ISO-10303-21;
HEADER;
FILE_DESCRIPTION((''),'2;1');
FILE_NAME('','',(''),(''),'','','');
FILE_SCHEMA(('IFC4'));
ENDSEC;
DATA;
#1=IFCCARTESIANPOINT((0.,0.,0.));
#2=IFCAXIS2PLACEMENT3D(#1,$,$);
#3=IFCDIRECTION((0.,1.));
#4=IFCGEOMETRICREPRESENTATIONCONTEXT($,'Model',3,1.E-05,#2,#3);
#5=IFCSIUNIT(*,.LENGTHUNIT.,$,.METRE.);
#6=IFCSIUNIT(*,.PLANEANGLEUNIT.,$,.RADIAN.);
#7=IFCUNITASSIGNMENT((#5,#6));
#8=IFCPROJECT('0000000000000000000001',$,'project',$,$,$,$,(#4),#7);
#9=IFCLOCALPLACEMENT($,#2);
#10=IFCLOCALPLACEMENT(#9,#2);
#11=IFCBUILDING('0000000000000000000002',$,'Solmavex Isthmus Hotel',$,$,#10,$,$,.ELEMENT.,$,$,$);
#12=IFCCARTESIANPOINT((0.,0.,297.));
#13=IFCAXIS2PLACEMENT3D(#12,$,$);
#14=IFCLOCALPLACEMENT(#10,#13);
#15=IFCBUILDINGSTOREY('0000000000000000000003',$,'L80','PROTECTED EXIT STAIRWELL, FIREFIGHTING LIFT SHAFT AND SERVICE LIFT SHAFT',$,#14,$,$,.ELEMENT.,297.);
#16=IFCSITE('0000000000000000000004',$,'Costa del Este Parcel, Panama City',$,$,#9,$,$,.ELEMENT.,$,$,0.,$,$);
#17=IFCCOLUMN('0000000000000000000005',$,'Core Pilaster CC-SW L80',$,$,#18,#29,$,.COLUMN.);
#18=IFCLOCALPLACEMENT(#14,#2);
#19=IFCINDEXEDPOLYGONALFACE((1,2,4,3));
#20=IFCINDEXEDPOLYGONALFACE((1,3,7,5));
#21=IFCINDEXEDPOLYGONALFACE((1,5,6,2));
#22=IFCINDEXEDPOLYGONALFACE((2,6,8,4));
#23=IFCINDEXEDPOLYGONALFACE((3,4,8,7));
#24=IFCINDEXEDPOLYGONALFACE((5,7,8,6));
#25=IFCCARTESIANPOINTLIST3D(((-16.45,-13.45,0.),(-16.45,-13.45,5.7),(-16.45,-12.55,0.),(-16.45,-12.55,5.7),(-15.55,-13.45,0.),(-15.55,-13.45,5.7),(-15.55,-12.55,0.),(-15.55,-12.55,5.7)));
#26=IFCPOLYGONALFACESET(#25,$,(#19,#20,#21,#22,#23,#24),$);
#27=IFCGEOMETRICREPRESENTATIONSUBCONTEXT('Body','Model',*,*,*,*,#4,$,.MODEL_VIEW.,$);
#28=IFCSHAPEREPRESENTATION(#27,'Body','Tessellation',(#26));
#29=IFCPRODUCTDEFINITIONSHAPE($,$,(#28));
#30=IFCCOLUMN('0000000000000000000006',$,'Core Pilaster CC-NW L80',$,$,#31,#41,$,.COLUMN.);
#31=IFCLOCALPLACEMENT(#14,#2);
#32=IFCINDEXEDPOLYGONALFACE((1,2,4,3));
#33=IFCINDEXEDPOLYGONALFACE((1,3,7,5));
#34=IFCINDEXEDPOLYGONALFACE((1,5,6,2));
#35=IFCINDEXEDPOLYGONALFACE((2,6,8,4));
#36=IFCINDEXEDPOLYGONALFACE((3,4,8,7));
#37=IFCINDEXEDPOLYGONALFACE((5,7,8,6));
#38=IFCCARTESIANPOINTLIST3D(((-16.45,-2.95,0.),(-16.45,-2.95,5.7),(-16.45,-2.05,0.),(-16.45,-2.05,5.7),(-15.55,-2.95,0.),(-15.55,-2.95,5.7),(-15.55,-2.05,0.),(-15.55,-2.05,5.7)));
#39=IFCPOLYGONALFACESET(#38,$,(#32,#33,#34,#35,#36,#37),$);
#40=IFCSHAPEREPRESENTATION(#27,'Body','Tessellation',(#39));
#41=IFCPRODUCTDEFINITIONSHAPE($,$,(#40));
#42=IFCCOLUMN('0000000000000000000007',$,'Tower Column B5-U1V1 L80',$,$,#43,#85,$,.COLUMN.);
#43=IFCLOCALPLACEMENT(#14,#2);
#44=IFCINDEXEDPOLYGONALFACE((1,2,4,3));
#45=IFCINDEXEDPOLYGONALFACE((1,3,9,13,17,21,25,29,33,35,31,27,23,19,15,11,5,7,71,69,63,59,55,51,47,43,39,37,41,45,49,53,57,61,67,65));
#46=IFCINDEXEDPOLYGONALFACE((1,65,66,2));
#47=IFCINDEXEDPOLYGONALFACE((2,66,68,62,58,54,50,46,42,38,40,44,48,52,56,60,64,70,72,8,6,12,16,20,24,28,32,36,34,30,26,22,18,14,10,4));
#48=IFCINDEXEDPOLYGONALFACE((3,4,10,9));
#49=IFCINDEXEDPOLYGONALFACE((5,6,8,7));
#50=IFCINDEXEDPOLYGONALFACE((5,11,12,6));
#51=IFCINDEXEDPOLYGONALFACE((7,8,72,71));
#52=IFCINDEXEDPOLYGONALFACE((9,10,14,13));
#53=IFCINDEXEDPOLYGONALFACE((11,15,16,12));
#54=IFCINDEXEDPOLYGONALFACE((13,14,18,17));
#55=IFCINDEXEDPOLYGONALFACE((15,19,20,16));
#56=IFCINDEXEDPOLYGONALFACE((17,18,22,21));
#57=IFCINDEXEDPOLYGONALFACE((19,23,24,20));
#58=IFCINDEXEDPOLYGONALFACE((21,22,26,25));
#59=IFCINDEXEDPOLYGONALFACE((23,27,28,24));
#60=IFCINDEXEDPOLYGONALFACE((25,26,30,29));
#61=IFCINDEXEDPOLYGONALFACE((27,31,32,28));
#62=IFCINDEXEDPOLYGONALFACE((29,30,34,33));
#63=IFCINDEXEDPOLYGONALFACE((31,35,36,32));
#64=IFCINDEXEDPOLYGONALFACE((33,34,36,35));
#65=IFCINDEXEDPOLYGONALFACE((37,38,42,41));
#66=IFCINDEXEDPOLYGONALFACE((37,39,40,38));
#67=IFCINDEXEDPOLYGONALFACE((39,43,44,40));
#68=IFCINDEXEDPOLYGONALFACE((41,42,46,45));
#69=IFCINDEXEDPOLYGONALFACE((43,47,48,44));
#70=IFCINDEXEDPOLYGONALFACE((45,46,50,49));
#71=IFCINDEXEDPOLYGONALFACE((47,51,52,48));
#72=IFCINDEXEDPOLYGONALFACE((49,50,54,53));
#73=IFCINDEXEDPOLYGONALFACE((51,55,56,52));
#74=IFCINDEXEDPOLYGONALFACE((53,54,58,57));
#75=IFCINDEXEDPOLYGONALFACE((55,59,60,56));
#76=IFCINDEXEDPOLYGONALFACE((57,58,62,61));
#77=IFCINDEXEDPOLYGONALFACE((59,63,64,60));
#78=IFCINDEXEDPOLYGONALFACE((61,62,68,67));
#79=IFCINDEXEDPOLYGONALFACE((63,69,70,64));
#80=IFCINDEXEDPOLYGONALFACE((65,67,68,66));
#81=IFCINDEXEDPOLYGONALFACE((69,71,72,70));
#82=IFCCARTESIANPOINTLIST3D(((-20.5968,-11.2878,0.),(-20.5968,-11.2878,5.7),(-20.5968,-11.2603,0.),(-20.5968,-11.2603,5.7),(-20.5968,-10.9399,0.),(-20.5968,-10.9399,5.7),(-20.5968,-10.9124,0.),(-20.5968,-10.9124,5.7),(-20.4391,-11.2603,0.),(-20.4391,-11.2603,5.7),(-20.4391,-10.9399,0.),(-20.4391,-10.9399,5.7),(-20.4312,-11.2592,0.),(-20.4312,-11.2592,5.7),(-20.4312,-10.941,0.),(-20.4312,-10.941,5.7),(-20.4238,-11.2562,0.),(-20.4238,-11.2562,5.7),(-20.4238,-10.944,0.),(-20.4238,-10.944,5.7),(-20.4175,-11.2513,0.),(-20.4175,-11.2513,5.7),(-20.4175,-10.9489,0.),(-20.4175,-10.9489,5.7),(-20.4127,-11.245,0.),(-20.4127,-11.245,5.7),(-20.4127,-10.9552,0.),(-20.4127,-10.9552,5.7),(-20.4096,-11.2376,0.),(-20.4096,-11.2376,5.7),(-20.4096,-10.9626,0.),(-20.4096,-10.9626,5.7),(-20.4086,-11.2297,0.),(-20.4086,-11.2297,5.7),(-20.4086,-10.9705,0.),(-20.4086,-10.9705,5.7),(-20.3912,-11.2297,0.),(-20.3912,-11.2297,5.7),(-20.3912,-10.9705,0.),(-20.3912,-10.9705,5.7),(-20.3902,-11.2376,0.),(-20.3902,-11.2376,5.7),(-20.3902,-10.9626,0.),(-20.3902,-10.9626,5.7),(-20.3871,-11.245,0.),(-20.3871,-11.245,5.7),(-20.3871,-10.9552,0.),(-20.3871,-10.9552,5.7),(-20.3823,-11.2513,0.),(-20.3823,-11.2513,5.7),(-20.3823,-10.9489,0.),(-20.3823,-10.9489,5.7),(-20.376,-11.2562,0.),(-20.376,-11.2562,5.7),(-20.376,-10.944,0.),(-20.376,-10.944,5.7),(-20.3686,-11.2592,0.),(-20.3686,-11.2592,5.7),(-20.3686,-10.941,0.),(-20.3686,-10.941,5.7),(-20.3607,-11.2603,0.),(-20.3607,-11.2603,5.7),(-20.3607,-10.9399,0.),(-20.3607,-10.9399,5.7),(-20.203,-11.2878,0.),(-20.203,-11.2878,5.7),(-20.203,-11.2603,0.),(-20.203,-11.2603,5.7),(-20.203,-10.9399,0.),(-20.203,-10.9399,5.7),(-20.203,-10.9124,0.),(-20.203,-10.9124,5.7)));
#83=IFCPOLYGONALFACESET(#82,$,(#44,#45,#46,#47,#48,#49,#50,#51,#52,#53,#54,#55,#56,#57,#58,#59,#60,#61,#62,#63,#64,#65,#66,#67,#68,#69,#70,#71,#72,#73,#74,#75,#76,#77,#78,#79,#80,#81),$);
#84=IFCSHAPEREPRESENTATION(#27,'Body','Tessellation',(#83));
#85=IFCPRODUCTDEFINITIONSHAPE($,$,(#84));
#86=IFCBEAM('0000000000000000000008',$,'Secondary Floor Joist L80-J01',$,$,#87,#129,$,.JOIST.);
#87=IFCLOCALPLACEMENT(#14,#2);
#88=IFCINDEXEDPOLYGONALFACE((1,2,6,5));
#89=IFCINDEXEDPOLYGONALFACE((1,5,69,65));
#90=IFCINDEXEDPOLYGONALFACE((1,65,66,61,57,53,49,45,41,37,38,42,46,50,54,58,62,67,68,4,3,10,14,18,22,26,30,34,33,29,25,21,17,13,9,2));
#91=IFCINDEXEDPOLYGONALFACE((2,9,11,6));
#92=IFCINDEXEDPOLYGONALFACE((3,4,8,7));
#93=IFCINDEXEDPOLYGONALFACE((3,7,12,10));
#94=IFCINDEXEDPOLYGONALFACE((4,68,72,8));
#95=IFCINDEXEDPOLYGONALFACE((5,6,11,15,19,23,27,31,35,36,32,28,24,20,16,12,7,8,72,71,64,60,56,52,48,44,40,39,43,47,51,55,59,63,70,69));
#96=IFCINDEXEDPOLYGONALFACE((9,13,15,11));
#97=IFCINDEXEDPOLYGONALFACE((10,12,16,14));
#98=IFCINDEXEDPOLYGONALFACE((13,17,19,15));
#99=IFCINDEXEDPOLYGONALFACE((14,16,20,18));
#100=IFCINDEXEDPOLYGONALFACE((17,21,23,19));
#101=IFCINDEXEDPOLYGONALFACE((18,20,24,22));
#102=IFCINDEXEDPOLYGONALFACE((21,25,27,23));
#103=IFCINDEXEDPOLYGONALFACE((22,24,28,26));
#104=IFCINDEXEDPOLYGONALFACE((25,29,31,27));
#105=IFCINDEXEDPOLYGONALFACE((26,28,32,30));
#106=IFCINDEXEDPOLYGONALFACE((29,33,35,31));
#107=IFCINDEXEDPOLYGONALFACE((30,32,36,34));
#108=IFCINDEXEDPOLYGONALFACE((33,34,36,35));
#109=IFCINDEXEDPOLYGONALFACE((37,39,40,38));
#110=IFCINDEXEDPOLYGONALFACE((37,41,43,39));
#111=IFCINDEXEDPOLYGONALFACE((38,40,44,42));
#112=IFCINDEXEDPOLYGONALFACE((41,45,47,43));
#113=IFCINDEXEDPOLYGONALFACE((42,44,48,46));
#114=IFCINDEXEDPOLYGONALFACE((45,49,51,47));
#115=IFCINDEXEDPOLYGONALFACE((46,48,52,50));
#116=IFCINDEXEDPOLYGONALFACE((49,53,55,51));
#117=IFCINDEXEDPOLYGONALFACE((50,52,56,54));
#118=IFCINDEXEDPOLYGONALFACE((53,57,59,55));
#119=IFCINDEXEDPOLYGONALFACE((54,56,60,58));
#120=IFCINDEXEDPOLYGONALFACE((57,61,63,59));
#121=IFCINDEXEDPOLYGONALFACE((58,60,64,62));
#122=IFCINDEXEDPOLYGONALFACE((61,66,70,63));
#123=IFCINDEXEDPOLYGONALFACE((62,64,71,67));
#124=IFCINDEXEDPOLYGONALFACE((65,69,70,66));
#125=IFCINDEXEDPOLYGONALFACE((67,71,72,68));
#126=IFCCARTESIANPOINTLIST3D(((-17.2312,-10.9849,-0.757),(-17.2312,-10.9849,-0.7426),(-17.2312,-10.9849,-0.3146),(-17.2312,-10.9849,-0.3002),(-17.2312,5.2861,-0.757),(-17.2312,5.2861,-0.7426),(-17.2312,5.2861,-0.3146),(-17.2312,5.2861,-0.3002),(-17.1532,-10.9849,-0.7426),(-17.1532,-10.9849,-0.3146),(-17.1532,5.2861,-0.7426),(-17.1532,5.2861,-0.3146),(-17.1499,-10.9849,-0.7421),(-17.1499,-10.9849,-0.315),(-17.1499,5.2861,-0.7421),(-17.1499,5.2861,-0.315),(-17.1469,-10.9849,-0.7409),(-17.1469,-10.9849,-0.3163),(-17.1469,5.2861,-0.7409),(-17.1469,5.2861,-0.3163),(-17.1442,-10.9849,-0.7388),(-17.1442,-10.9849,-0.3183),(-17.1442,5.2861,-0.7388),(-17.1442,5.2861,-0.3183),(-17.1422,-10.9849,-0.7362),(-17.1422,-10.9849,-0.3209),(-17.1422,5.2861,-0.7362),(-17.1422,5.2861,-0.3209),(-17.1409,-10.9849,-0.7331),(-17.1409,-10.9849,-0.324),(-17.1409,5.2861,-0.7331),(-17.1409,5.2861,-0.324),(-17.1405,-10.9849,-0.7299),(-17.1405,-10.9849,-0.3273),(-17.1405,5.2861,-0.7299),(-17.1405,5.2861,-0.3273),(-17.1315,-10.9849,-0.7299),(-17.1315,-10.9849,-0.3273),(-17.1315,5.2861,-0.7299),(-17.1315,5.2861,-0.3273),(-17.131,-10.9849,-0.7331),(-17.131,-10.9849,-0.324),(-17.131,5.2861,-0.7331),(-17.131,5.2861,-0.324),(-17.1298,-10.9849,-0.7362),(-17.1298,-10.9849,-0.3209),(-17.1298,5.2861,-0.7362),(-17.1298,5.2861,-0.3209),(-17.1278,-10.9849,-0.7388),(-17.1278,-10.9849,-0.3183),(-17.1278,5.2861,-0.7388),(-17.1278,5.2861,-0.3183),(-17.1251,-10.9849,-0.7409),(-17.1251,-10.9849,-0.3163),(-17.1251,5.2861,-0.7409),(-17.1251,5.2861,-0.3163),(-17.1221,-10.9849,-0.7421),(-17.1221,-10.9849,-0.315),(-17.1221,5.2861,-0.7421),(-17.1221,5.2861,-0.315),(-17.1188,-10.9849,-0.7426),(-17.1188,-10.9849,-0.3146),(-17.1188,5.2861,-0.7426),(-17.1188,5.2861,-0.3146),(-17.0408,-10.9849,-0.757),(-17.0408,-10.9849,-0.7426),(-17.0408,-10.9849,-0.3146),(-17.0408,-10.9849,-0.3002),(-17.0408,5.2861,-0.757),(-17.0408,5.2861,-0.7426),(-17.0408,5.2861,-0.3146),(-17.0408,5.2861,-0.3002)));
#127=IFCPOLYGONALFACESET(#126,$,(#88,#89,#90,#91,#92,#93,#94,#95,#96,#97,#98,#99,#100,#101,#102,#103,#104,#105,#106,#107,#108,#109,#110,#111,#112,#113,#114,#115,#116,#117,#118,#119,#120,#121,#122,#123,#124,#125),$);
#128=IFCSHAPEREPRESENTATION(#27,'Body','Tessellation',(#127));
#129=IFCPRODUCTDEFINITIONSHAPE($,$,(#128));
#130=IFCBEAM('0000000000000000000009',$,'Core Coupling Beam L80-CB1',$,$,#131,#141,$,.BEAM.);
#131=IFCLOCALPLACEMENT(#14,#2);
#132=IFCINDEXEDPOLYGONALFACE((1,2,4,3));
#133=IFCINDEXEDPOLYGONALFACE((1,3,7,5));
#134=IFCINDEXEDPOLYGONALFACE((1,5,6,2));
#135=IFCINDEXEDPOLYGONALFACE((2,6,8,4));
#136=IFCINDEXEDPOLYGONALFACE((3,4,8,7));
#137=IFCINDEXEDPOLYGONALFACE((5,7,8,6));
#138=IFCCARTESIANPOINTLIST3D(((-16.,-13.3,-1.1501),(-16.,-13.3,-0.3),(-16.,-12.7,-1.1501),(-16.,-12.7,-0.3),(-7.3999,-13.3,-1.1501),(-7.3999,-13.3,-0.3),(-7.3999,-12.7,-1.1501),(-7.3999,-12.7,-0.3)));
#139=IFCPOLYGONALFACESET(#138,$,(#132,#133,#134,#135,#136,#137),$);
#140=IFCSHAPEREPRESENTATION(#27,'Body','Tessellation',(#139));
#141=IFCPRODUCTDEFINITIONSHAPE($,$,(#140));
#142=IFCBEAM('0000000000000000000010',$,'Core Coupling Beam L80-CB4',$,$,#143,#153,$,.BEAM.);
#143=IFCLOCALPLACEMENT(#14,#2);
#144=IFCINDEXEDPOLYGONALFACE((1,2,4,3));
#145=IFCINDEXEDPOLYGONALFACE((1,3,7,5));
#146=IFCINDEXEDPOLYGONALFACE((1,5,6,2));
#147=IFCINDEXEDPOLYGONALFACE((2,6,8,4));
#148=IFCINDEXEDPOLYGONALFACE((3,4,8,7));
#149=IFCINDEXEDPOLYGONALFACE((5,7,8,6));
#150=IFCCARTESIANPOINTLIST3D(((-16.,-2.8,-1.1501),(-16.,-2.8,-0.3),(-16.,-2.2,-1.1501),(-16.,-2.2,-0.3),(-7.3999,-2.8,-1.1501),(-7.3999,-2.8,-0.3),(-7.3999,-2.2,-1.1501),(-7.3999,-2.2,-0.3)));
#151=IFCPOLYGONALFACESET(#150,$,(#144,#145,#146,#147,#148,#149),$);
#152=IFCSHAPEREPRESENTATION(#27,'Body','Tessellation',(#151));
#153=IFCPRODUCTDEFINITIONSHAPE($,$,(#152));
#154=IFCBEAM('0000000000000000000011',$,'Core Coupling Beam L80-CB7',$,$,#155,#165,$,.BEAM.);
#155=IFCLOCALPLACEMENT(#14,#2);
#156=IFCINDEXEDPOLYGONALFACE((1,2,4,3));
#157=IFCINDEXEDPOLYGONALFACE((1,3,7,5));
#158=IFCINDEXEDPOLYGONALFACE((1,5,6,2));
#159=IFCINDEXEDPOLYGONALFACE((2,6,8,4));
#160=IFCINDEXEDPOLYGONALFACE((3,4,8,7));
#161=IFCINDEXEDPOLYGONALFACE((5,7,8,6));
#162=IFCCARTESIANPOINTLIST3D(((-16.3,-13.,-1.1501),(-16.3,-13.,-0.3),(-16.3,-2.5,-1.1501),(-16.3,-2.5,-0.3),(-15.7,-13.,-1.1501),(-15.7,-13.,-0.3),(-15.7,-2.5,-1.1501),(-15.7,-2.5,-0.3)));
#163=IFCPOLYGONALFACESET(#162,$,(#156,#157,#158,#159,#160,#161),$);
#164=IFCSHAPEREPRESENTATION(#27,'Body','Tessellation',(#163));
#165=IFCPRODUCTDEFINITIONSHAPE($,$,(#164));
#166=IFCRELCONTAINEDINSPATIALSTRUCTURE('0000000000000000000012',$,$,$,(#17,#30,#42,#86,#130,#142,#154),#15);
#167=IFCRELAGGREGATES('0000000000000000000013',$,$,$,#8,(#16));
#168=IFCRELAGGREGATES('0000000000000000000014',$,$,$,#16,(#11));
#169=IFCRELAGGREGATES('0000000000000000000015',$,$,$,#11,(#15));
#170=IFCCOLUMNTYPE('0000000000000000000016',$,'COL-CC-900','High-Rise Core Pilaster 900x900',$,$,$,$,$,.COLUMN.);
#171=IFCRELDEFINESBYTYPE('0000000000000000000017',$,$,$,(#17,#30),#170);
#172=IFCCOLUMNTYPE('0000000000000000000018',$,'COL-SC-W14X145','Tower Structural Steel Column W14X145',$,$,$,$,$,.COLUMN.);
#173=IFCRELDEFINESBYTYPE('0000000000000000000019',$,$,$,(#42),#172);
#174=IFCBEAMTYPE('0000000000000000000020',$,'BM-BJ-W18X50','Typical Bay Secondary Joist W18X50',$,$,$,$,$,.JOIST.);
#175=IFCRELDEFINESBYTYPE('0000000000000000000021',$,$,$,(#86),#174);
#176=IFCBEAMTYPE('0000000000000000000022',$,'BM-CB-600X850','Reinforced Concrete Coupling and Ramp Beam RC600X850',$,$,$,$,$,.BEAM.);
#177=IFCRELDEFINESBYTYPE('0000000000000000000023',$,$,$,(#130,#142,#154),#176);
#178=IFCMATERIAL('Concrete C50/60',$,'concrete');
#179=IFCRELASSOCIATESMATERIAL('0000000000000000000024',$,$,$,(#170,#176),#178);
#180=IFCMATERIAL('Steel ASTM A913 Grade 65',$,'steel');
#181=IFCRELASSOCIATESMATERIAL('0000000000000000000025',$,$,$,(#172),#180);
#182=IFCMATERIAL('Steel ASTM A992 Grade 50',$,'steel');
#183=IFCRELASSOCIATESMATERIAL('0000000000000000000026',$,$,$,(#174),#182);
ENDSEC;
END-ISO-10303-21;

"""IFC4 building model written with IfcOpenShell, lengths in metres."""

from ifc_helpers import new_model, si_unit, direction, frame, origin, origin_2d, place, context, subcontext, project, spatial, rectangle, i_section, extrude, material, material_profile, profile_set, type_object, element, save


model = new_model("IFC4")

# Units and contexts
model_context = context("Model", 3, precision=1e-05, world=origin(), true_north=direction((0.0, 1.0)))
body_context = subcontext(model_context, "Body", "Model", "MODEL_VIEW")
ifc_project = project(units=[si_unit("LENGTHUNIT", "METRE"), si_unit("PLANEANGLEUNIT", "RADIAN")], contexts=[model_context])

# Site, building, storey
site_placement = place(None, origin())
site = spatial("IfcSite", under=ifc_project, at=site_placement, Name="Costa del Este Parcel, Panama City", CompositionType="ELEMENT", RefElevation=0.0)
building_placement = place(site_placement, origin())
building = spatial("IfcBuilding", under=site, at=building_placement, Name="Solmavex Isthmus Hotel", CompositionType="ELEMENT")
storey_placement = place(building_placement, frame((0.0, 0.0, 297.0)))
storey = spatial("IfcBuildingStorey", under=building, at=storey_placement, Name="L80", Description="PROTECTED EXIT STAIRWELL, FIREFIGHTING LIFT SHAFT AND SERVICE LIFT SHAFT", CompositionType="ELEMENT", Elevation=297.0)

# Columns
ifc_material_1 = material(Name="Concrete C50/60", Category="concrete")
ifc_material_profile_1 = material_profile(ifc_material_1, rectangle(XDim=0.8999, YDim=0.8999, at=origin_2d()), Name="RC900X900")
ifc_profile_set_1 = profile_set([ifc_material_profile_1], Name="Concrete C50/60")
column_type_1 = type_object("IfcColumnType", Name="COL-CC-900", Description="High-Rise Core Pilaster 900x900", PredefinedType="COLUMN", material=ifc_profile_set_1)
for number, where, z_axis, x_axis, name in (
    (1, (-16.0, -13.0, 0.0), (0.0, 0.0, 1.0), (1.0, 0.0, 0.0), "Core Pilaster CC-SW L80"),
    (2, (-16.0, -2.5, 0.0), (0.0, 0.0, 1.0), (1.0, 0.0, 0.0), "Core Pilaster CC-NW L80"),
):
    element("IfcColumn", number, at=place(storey_placement, frame(where, z_axis=z_axis, x_axis=x_axis)), inside=storey, type_object=column_type_1, Name=name, PredefinedType="COLUMN", context=body_context, shape_type="SweptSolid", body=[
        extrude(rectangle(XDim=0.8999, YDim=0.8999, at=origin_2d()), origin(), (0.0, 0.0, 1.0), 5.7),
    ])
ifc_material_2 = material(Name="Steel ASTM A913 Grade 65", Category="steel")
ifc_material_profile_2 = material_profile(ifc_material_2, i_section(OverallWidth=0.3938, OverallDepth=0.3755, WebThickness=0.0173, FlangeThickness=0.0276, FilletRadius=0.0305, at=origin_2d()), Name="W14X145")
ifc_profile_set_2 = profile_set([ifc_material_profile_2], Name="Steel ASTM A913 Grade 65")
column_type_2 = type_object("IfcColumnType", Name="COL-SC-W14X145", Description="Tower Structural Steel Column W14X145", PredefinedType="COLUMN", material=ifc_profile_set_2)
column_placement = place(storey_placement, frame((-20.3999, -11.1001, 0.0), z_axis=(0.0, 0.0, 1.0), x_axis=(1.0, 0.0, 0.0)))
element("IfcColumn", 3, at=column_placement, inside=storey, type_object=column_type_2, Name="Tower Column B5-U1V1 L80", PredefinedType="COLUMN", context=body_context, shape_type="SweptSolid", body=[
    extrude(i_section(OverallWidth=0.3938, OverallDepth=0.3755, WebThickness=0.0173, FlangeThickness=0.0276, FilletRadius=0.0305, at=origin_2d()), origin(), (0.0, 0.0, 1.0), 5.7),
])

# Beams
ifc_material_3 = material(Name="Steel ASTM A992 Grade 50", Category="steel")
ifc_material_profile_3 = material_profile(ifc_material_3, i_section(OverallWidth=0.1904, OverallDepth=0.4568, WebThickness=0.009, FlangeThickness=0.0144, FilletRadius=0.0127, at=origin_2d()), Name="W18X50")
ifc_profile_set_3 = profile_set([ifc_material_profile_3], Name="Steel ASTM A992 Grade 50")
beam_type_1 = type_object("IfcBeamType", Name="BM-BJ-W18X50", Description="Typical Bay Secondary Joist W18X50", PredefinedType="JOIST", material=ifc_profile_set_3)
beam_1_placement = place(storey_placement, frame((-17.136, -10.9849, -0.5286), z_axis=(0.0, 1.0, 0.0), x_axis=(-1.0, 0.0, 0.0)))
element("IfcBeam", 4, at=beam_1_placement, inside=storey, type_object=beam_type_1, Name="Secondary Floor Joist L80-J01", PredefinedType="JOIST", context=body_context, shape_type="SweptSolid", body=[
    extrude(i_section(OverallWidth=0.1904, OverallDepth=0.4568, WebThickness=0.009, FlangeThickness=0.0144, FilletRadius=0.0127, at=origin_2d()), origin(), (0.0, 0.0, 1.0), 16.271),
])
ifc_material_profile_4 = material_profile(ifc_material_1, rectangle(XDim=0.6001, YDim=0.8501, at=origin_2d()), Name="RC600X850")
ifc_profile_set_4 = profile_set([ifc_material_profile_4], Name="Concrete C50/60")
beam_type_2 = type_object("IfcBeamType", Name="BM-CB-600X850", Description="Reinforced Concrete Coupling and Ramp Beam RC600X850", PredefinedType="BEAM", material=ifc_profile_set_4)
for number, where, z_axis, x_axis, name in (
    (5, (-16.0, -13.0, -0.7251), (1.0, 0.0, 0.0), (0.0, 1.0, 0.0), "Core Coupling Beam L80-CB1"),
    (6, (-16.0, -2.5, -0.7251), (1.0, 0.0, 0.0), (0.0, 1.0, 0.0), "Core Coupling Beam L80-CB4"),
):
    element("IfcBeam", number, at=place(storey_placement, frame(where, z_axis=z_axis, x_axis=x_axis)), inside=storey, type_object=beam_type_2, Name=name, PredefinedType="BEAM", context=body_context, shape_type="SweptSolid", body=[
        extrude(rectangle(XDim=0.6001, YDim=0.8501, at=origin_2d()), origin(), (0.0, 0.0, 1.0), 8.6001),
    ])
beam_2_placement = place(storey_placement, frame((-16.0, -13.0, -0.7251), z_axis=(0.0, 1.0, 0.0), x_axis=(-1.0, 0.0, 0.0)))
element("IfcBeam", 7, at=beam_2_placement, inside=storey, type_object=beam_type_2, Name="Core Coupling Beam L80-CB7", PredefinedType="BEAM", context=body_context, shape_type="SweptSolid", body=[
    extrude(rectangle(XDim=0.6001, YDim=0.8501, at=origin_2d()), origin(), (0.0, 0.0, 1.0), 10.5),
])

save(model, "model.ifc")
